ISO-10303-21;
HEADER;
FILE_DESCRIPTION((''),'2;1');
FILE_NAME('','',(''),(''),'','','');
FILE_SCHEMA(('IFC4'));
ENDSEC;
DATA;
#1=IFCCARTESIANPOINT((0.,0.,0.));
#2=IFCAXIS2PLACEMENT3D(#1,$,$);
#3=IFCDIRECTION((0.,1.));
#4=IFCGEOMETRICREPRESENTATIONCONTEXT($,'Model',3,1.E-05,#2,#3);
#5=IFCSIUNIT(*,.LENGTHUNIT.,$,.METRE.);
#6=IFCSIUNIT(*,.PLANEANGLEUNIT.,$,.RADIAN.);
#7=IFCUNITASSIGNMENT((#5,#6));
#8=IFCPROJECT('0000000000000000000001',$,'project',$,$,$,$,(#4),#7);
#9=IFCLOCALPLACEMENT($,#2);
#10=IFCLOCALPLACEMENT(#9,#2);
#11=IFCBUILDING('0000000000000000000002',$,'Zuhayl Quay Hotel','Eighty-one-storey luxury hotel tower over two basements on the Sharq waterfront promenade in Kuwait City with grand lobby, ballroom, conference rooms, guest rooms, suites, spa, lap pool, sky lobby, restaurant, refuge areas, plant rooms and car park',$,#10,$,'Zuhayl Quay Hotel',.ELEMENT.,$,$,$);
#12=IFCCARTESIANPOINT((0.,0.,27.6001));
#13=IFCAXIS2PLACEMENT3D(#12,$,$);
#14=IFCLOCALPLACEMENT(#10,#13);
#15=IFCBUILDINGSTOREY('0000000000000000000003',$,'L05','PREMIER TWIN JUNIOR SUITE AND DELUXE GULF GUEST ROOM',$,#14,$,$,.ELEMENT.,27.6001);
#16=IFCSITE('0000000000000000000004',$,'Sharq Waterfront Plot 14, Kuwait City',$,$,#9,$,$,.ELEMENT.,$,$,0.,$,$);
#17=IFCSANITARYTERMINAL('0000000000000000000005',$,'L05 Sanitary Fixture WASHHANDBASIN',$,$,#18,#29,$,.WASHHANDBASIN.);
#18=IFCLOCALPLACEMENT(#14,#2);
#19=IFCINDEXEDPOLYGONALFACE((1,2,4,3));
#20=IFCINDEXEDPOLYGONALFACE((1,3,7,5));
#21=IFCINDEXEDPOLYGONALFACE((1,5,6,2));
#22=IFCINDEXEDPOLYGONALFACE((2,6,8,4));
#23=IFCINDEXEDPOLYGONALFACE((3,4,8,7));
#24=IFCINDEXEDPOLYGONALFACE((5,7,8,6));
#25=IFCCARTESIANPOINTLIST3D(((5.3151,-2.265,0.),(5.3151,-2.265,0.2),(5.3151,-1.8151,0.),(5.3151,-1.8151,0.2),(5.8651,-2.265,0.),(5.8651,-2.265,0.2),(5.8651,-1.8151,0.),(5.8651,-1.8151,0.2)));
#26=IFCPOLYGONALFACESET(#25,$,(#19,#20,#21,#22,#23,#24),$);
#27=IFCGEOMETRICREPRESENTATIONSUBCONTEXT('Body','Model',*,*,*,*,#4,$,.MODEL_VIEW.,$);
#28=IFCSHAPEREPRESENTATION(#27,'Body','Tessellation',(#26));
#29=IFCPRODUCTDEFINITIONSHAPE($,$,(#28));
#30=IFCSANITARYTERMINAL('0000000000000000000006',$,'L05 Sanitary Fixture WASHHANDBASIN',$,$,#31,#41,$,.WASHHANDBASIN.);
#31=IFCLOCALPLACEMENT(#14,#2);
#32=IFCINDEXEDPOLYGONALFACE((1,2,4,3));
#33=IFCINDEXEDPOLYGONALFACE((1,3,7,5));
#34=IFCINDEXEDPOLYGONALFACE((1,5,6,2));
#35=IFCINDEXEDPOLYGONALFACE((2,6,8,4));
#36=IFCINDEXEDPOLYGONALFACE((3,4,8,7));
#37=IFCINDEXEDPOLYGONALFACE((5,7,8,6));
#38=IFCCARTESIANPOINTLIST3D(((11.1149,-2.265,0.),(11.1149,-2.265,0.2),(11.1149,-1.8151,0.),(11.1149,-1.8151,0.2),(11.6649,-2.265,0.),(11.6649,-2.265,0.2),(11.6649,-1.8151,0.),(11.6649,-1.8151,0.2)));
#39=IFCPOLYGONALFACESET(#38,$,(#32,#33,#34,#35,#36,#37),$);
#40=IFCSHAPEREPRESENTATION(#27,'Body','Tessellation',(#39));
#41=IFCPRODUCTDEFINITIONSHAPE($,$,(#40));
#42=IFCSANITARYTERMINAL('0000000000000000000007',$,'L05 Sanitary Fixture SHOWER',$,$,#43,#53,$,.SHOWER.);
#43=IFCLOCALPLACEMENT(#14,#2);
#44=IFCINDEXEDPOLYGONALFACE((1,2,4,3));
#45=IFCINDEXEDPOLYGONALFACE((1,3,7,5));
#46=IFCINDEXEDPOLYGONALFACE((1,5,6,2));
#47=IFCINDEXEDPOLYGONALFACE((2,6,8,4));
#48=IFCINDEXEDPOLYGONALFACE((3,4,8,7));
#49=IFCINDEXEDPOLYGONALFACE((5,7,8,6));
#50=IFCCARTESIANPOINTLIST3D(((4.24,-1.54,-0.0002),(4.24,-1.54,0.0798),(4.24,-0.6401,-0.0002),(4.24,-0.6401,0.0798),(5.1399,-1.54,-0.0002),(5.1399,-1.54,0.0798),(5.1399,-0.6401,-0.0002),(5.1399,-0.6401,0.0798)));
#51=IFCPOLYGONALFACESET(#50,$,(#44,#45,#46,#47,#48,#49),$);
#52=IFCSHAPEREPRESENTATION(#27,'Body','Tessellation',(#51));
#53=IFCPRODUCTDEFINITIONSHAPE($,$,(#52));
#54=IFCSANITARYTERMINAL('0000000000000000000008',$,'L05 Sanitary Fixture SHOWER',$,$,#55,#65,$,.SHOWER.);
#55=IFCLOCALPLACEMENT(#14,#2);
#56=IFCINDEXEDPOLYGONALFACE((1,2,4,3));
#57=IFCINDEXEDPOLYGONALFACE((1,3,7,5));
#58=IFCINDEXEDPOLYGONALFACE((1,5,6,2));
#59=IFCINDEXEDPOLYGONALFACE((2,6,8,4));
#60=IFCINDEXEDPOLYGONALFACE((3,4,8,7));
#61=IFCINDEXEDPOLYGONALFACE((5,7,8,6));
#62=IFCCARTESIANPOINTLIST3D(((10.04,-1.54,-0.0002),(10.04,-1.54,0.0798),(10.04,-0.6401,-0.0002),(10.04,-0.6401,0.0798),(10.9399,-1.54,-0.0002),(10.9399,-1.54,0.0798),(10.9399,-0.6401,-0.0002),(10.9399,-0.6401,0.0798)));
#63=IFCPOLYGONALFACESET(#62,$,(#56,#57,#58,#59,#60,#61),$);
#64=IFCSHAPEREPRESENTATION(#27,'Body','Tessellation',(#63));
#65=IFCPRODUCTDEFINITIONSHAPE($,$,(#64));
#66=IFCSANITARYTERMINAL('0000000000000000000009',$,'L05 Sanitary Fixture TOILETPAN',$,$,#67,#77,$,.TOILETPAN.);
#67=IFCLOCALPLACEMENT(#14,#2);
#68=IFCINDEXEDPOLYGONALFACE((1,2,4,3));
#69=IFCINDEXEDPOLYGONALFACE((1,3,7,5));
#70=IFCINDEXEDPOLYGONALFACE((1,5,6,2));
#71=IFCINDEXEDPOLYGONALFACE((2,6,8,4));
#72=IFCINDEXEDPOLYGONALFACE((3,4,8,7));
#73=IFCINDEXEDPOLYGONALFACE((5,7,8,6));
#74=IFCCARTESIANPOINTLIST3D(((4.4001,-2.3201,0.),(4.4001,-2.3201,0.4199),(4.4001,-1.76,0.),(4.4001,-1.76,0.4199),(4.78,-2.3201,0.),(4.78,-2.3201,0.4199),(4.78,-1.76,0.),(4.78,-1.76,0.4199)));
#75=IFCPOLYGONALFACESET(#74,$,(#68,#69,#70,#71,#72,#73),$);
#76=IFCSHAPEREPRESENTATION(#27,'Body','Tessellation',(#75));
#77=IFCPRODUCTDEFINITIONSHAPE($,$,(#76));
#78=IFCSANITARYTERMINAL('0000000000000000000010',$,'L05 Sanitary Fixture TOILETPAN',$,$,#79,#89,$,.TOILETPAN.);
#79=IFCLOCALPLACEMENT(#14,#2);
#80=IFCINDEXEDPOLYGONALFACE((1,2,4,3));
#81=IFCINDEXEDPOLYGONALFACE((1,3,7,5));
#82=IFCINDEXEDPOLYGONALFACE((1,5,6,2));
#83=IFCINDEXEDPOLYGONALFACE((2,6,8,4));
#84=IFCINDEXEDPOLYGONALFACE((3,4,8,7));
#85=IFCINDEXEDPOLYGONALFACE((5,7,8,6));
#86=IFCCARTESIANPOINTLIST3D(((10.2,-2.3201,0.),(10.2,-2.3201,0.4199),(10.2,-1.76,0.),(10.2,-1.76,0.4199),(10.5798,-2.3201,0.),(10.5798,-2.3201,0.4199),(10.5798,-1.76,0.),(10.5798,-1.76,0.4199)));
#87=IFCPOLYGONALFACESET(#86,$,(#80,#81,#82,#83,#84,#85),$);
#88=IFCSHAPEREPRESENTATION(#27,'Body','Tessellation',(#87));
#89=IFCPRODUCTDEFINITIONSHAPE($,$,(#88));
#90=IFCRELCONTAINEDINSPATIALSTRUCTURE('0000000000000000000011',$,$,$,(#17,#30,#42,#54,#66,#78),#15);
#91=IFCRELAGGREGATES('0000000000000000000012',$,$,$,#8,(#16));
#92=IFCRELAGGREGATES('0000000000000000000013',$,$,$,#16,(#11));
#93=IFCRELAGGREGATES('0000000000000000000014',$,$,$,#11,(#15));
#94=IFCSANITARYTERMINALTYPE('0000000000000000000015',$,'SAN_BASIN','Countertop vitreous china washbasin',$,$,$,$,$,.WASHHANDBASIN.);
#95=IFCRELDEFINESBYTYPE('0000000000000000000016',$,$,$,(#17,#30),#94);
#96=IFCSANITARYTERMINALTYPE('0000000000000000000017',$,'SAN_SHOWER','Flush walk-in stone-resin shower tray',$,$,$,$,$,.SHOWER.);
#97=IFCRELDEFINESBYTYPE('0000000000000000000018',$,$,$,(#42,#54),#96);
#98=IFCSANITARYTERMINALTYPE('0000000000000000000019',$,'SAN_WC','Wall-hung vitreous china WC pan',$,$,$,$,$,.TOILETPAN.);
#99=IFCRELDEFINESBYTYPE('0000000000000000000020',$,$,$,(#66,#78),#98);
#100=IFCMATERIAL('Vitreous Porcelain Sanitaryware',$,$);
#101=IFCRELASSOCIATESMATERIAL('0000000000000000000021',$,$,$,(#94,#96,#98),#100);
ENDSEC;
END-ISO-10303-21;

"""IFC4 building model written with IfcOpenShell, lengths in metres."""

from ifc_helpers import new_model, si_unit, direction, frame, origin, origin_2d, place, context, subcontext, project, spatial, rectangle, extrude, material, type_object, element, save


model = new_model("IFC4")

# Units and contexts
model_context = context("Model", 3, precision=1e-05, world=origin(), true_north=direction((0.0, 1.0)))
body_context = subcontext(model_context, "Body", "Model", "MODEL_VIEW")
ifc_project = project(units=[si_unit("LENGTHUNIT", "METRE"), si_unit("PLANEANGLEUNIT", "RADIAN")], contexts=[model_context])

# Site, building, storey
site_placement = place(None, origin())
site = spatial("IfcSite", under=ifc_project, at=site_placement, Name="Sharq Waterfront Plot 14, Kuwait City", CompositionType="ELEMENT", RefElevation=0.0)
building_placement = place(site_placement, origin())
building = spatial("IfcBuilding", under=site, at=building_placement, Name="Zuhayl Quay Hotel", Description="Eighty-one-storey luxury hotel tower over two basements on the Sharq waterfront promenade in Kuwait City with grand lobby, ballroom, conference rooms, guest rooms, suites, spa, lap pool, sky lobby, restaurant, refuge areas, plant rooms and car park", LongName="Zuhayl Quay Hotel", CompositionType="ELEMENT")
storey_placement = place(building_placement, frame((0.0, 0.0, 27.6001)))
storey = spatial("IfcBuildingStorey", under=building, at=storey_placement, Name="L05", Description="PREMIER TWIN JUNIOR SUITE AND DELUXE GULF GUEST ROOM", CompositionType="ELEMENT", Elevation=27.6001)

# Sanitary terminals
ifc_material_1 = material(Name="Vitreous Porcelain Sanitaryware")
sanitary_terminal_type_1 = type_object("IfcSanitaryTerminalType", Name="SAN_BASIN", Description="Countertop vitreous china washbasin", PredefinedType="WASHHANDBASIN", material=ifc_material_1)
for number, where, z_axis, x_axis, name in (
    (1, (5.5901, -2.04, 0.0), (0.0, 0.0, 1.0), (1.0, 0.0, 0.0), "L05 Sanitary Fixture WASHHANDBASIN"),
    (2, (11.3899, -2.04, 0.0), (0.0, 0.0, 1.0), (1.0, 0.0, 0.0), "L05 Sanitary Fixture WASHHANDBASIN"),
):
    element("IfcSanitaryTerminal", number, at=place(storey_placement, frame(where, z_axis=z_axis, x_axis=x_axis)), inside=storey, type_object=sanitary_terminal_type_1, Name=name, PredefinedType="WASHHANDBASIN", context=body_context, shape_type="SweptSolid", body=[
        extrude(rectangle(XDim=0.55, YDim=0.45, at=origin_2d()), origin(), (0.0, 0.0, 1.0), 0.2),
    ])
sanitary_terminal_type_2 = type_object("IfcSanitaryTerminalType", Name="SAN_SHOWER", Description="Flush walk-in stone-resin shower tray", PredefinedType="SHOWER", material=ifc_material_1)
for number, where, z_axis, x_axis, name in (
    (3, (4.6899, -1.0901, -0.0002), (0.0, 0.0, 1.0), (1.0, 0.0, 0.0), "L05 Sanitary Fixture SHOWER"),
    (4, (10.49, -1.0901, -0.0002), (0.0, 0.0, 1.0), (1.0, 0.0, 0.0), "L05 Sanitary Fixture SHOWER"),
):
    element("IfcSanitaryTerminal", number, at=place(storey_placement, frame(where, z_axis=z_axis, x_axis=x_axis)), inside=storey, type_object=sanitary_terminal_type_2, Name=name, PredefinedType="SHOWER", context=body_context, shape_type="SweptSolid", body=[
        extrude(rectangle(XDim=0.8999, YDim=0.8999, at=origin_2d()), origin(), (0.0, 0.0, 1.0), 0.0801),
    ])
sanitary_terminal_type_3 = type_object("IfcSanitaryTerminalType", Name="SAN_WC", Description="Wall-hung vitreous china WC pan", PredefinedType="TOILETPAN", material=ifc_material_1)
for number, where, z_axis, x_axis, name in (
    (5, (4.5901, -2.04, 0.0), (0.0, 0.0, 1.0), (1.0, 0.0, 0.0), "L05 Sanitary Fixture TOILETPAN"),
    (6, (10.3899, -2.04, 0.0), (0.0, 0.0, 1.0), (1.0, 0.0, 0.0), "L05 Sanitary Fixture TOILETPAN"),
):
    element("IfcSanitaryTerminal", number, at=place(storey_placement, frame(where, z_axis=z_axis, x_axis=x_axis)), inside=storey, type_object=sanitary_terminal_type_3, Name=name, PredefinedType="TOILETPAN", context=body_context, shape_type="SweptSolid", body=[
        extrude(rectangle(XDim=0.3799, YDim=0.5601, at=origin_2d()), origin(), (0.0, 0.0, 1.0), 0.4199),
    ])

save(model, "model.ifc")
